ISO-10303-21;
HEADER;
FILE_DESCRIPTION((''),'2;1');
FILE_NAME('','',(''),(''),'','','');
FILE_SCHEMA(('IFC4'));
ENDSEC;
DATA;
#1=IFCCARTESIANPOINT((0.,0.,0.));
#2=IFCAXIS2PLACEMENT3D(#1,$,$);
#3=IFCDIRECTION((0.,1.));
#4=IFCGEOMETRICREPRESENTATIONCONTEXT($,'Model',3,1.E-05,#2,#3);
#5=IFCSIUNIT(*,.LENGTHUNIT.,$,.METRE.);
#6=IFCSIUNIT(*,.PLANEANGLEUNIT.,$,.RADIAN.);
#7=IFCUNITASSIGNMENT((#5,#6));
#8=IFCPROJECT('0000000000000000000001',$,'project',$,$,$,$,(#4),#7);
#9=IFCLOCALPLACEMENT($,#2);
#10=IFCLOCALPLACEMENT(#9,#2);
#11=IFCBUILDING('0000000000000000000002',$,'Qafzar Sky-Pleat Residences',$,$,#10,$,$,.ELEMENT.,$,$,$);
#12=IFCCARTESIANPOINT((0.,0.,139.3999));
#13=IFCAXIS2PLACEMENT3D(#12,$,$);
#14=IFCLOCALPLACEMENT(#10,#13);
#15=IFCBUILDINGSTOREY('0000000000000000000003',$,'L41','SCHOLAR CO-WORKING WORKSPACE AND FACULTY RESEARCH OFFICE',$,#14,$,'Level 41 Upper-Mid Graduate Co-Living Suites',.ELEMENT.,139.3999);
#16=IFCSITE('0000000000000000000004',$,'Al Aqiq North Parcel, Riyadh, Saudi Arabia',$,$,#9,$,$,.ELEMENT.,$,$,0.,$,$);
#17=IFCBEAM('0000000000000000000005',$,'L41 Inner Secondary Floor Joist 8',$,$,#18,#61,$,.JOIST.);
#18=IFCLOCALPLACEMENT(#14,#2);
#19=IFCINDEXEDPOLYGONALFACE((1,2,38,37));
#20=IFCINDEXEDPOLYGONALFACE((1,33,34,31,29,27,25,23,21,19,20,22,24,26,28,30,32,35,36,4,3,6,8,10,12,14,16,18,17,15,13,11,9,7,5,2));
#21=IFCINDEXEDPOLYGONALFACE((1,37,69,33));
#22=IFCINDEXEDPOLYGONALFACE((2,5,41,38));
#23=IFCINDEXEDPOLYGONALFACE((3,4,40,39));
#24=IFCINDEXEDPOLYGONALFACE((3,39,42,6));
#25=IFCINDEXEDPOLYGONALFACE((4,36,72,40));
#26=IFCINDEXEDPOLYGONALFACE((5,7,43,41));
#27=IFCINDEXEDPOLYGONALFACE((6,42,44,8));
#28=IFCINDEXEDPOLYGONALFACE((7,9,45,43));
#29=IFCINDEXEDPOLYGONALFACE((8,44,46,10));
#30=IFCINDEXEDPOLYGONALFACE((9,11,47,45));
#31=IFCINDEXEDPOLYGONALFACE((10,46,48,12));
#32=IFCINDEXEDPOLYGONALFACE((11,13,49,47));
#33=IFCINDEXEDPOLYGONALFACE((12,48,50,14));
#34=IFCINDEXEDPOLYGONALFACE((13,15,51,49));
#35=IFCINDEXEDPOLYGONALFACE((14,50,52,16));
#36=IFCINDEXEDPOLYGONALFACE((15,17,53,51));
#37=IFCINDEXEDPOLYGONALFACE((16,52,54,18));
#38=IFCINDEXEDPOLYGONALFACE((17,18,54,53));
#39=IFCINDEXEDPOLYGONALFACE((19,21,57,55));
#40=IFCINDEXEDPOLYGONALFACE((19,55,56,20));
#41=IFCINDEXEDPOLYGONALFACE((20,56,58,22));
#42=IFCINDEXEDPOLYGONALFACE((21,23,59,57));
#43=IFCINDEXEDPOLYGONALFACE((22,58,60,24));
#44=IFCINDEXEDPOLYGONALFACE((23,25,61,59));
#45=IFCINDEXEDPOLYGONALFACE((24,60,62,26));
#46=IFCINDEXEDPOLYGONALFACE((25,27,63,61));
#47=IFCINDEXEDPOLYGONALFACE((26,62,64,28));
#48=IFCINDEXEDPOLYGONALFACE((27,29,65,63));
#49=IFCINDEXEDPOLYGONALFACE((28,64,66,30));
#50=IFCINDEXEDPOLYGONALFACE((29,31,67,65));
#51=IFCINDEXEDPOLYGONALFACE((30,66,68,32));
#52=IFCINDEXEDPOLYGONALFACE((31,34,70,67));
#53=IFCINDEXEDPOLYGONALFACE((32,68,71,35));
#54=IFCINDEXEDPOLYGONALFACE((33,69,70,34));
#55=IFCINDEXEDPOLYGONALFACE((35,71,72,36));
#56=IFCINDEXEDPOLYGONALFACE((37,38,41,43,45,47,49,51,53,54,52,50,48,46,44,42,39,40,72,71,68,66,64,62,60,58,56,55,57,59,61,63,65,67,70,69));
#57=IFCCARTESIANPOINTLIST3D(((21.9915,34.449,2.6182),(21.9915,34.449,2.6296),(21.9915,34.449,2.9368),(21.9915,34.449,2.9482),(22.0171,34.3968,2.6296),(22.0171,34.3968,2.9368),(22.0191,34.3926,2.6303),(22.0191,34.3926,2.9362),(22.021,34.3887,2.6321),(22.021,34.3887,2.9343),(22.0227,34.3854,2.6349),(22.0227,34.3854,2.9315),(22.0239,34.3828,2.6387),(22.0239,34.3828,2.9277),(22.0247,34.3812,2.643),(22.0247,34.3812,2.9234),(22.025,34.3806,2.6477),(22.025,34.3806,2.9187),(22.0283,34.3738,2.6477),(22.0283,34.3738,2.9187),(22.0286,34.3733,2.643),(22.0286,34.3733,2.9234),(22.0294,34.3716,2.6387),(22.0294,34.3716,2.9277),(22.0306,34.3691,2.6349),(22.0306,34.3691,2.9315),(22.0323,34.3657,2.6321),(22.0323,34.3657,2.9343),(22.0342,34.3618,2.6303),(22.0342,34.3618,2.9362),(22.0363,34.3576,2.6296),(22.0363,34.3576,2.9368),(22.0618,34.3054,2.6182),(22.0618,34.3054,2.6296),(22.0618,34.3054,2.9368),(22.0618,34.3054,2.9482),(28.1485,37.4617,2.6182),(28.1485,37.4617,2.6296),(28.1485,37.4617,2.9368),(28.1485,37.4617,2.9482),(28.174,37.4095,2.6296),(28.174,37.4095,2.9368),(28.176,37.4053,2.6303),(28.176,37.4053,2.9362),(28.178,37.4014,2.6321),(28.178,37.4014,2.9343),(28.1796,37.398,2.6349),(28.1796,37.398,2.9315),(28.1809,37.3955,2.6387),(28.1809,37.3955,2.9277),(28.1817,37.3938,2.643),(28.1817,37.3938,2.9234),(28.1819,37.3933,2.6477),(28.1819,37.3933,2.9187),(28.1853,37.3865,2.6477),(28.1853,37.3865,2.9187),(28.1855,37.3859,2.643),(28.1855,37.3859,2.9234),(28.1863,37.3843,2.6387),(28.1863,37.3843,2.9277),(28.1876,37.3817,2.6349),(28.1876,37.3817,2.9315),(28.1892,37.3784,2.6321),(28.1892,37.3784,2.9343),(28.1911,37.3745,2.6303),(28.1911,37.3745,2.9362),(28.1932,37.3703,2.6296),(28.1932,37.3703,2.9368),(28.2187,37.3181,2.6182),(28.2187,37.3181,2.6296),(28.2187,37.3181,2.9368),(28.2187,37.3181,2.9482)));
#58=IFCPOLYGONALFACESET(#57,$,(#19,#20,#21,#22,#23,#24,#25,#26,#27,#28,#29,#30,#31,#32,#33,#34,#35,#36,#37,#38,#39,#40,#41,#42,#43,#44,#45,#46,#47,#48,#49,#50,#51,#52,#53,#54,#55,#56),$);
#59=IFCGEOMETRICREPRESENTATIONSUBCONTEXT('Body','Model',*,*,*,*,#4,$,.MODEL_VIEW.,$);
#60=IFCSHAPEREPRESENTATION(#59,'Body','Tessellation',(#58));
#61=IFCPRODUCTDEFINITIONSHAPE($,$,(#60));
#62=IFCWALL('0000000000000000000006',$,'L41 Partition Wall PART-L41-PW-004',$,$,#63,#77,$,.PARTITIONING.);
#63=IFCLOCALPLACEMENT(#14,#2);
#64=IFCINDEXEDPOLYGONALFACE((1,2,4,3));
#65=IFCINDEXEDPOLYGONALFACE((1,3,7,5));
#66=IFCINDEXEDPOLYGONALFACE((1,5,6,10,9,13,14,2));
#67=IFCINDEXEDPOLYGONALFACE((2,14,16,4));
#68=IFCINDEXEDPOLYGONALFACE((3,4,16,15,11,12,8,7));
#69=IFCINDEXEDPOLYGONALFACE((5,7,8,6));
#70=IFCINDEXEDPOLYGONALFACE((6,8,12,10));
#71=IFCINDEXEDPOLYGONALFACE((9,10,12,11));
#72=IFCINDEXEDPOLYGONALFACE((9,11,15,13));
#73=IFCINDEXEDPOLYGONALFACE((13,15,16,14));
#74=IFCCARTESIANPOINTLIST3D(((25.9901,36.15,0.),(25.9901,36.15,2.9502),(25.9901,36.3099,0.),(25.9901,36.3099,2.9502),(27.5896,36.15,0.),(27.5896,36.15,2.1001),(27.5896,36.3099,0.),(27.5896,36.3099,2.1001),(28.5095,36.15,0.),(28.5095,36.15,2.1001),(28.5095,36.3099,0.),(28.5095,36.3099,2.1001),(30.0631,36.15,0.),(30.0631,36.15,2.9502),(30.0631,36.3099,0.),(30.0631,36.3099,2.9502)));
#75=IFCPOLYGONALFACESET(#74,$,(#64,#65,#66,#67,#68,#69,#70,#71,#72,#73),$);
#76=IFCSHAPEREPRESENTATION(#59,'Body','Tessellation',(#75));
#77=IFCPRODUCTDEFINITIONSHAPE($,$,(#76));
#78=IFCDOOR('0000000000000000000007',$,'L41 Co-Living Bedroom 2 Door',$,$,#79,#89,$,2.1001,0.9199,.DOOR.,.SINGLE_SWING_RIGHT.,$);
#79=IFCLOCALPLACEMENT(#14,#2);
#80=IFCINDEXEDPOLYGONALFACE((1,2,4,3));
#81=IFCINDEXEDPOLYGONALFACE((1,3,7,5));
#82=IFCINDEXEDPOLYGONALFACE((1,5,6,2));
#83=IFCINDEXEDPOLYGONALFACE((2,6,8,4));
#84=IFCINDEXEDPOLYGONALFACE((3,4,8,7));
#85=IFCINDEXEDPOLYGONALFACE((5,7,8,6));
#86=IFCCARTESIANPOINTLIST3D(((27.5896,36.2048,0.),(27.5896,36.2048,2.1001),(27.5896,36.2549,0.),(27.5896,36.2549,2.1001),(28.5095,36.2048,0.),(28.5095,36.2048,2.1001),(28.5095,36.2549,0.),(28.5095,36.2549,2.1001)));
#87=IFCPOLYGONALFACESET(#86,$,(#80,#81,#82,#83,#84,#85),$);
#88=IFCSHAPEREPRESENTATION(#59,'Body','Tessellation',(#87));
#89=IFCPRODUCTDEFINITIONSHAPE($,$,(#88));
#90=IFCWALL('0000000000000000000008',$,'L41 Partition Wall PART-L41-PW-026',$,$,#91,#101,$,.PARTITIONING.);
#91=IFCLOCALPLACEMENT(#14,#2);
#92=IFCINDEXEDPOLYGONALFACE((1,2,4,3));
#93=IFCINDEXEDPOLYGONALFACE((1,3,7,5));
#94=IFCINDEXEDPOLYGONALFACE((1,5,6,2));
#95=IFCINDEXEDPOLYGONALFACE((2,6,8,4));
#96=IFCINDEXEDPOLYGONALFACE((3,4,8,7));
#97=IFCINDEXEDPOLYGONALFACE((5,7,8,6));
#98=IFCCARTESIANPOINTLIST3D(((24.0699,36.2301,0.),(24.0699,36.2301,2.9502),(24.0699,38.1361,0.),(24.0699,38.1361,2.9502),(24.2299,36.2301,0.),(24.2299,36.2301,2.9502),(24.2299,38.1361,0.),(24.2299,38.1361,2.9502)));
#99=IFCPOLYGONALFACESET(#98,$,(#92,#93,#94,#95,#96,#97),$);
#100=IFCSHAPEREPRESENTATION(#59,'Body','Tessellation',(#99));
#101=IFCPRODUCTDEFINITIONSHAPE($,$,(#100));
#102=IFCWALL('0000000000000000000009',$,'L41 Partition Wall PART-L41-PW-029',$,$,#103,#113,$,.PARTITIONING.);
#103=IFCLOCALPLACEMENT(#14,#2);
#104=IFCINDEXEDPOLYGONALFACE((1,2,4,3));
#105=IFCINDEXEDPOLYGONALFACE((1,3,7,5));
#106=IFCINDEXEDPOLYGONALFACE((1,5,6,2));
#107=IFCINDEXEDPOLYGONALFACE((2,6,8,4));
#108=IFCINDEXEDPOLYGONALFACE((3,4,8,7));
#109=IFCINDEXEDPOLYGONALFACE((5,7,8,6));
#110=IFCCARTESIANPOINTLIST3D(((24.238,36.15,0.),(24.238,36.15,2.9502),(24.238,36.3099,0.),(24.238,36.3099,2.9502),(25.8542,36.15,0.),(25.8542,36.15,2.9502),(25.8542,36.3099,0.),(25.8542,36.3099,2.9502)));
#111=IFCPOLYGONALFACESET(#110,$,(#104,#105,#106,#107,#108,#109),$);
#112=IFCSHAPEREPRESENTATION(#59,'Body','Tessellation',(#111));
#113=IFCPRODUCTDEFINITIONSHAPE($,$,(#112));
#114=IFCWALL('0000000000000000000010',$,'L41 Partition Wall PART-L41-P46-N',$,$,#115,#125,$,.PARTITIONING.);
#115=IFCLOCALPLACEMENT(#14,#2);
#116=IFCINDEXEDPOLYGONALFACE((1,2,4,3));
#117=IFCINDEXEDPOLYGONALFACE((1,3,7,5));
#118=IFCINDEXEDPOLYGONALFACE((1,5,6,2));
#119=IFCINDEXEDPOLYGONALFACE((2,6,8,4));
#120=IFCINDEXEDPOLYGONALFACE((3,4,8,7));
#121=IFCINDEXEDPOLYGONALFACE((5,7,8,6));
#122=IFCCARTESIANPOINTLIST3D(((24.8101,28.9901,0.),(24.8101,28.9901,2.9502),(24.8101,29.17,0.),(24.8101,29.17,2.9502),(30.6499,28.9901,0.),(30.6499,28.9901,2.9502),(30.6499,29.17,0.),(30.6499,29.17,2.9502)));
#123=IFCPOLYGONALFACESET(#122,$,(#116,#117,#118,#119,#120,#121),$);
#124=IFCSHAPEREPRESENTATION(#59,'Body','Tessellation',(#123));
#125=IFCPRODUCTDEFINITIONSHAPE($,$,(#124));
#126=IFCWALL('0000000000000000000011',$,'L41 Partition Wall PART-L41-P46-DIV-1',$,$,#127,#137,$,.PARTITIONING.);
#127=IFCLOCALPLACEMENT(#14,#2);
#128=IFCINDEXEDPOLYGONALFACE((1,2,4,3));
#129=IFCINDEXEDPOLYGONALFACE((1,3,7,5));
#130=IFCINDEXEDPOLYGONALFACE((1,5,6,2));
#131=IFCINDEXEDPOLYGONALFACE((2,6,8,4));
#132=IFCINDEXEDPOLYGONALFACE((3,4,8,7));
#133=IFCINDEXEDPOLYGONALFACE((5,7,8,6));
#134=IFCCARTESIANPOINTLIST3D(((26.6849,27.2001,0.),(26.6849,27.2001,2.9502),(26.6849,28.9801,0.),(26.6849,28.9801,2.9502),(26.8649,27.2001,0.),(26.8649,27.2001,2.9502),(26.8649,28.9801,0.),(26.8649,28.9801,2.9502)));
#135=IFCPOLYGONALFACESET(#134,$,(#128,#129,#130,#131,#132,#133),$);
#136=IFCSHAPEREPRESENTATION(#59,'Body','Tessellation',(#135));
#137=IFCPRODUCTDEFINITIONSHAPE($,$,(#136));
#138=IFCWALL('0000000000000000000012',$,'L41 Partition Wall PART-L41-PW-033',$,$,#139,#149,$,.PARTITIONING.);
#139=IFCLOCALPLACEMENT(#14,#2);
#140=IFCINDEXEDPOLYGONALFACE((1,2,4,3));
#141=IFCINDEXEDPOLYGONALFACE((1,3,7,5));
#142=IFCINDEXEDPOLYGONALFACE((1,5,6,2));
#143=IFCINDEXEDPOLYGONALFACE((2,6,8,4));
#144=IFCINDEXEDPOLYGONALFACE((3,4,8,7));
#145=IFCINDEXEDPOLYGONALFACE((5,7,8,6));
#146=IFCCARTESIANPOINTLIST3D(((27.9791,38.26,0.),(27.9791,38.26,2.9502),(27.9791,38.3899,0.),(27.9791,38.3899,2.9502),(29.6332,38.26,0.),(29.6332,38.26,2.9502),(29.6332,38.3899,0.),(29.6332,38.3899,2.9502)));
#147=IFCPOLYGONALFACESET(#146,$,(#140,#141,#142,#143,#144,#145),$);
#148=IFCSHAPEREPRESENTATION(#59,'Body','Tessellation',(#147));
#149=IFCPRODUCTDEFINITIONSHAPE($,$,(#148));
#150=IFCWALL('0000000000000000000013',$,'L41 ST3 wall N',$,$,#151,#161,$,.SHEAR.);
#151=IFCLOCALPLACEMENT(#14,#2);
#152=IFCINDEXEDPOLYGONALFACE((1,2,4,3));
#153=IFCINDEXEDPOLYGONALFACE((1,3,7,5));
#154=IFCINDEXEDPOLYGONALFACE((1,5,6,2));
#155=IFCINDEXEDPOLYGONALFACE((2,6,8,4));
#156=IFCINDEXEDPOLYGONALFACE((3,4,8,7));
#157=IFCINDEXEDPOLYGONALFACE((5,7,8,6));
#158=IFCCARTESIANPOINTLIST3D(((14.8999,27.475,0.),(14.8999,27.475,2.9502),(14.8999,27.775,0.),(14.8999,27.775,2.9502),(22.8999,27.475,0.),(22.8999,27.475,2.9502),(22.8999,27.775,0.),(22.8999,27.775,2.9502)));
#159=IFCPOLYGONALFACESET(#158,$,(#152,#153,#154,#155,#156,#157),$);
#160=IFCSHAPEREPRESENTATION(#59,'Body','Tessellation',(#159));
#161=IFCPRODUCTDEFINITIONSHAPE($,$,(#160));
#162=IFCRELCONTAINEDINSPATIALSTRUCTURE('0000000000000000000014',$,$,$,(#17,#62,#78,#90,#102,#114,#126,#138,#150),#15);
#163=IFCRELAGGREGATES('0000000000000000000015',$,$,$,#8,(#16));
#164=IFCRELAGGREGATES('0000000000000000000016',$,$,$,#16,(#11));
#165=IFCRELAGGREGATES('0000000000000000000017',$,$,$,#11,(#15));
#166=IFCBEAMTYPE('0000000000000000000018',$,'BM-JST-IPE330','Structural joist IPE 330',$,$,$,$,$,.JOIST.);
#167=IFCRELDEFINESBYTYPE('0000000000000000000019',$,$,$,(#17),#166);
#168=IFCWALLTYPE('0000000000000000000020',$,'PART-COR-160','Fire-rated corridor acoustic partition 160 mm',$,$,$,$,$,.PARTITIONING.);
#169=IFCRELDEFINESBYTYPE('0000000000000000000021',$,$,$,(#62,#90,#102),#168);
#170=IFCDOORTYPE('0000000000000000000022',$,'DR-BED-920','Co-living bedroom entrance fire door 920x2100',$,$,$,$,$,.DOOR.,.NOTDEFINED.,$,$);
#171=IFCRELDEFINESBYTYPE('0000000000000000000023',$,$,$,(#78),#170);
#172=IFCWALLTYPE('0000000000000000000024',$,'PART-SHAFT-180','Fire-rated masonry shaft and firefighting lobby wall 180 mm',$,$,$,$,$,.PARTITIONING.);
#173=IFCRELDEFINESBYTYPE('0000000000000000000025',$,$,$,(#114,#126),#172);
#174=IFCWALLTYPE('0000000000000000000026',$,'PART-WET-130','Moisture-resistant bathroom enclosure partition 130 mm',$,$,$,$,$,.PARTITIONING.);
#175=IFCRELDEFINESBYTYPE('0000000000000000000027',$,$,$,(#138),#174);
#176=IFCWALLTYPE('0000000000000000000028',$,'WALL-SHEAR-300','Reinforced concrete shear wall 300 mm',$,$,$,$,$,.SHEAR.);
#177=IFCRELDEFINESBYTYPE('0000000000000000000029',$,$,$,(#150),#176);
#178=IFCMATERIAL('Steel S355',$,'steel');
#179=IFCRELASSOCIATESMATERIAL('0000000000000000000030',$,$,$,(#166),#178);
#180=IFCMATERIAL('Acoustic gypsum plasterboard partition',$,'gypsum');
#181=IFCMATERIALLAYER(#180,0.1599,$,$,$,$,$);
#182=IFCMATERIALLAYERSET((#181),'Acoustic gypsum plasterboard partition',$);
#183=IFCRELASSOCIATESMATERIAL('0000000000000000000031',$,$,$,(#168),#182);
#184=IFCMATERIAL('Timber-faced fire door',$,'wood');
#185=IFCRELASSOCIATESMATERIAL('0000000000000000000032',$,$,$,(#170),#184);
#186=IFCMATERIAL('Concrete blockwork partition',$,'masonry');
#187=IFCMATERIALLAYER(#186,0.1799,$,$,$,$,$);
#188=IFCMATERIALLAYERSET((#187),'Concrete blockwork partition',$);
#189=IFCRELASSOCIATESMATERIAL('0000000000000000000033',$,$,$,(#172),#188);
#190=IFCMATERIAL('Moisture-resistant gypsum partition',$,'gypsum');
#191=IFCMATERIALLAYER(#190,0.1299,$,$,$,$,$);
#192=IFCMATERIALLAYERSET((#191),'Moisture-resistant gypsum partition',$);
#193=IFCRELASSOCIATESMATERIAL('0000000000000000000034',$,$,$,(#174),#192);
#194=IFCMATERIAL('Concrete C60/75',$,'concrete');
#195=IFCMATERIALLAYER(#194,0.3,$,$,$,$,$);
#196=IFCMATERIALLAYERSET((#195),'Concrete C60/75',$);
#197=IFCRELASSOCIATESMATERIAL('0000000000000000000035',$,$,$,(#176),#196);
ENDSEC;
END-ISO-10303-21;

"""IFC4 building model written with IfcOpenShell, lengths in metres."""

from ifc_helpers import new_model, si_unit, direction, frame, frame_2d, origin, origin_2d, place, context, subcontext, project, spatial, rectangle, i_section, extrude, source, transform, mapped, material, layer, layer_set, material_profile, profile_set, type_object, element, fill, save


model = new_model("IFC4")

# Units and contexts
model_context = context("Model", 3, precision=1e-05, world=origin(), true_north=direction((0.0, 1.0)))
body_context = subcontext(model_context, "Body", "Model", "MODEL_VIEW")
ifc_project = project(units=[si_unit("LENGTHUNIT", "METRE"), si_unit("PLANEANGLEUNIT", "RADIAN")], contexts=[model_context])

# Site, building, storey
site_placement = place(None, origin())
site = spatial("IfcSite", under=ifc_project, at=site_placement, Name="Al Aqiq North Parcel, Riyadh, Saudi Arabia", CompositionType="ELEMENT", RefElevation=0.0)
building_placement = place(site_placement, origin())
building = spatial("IfcBuilding", under=site, at=building_placement, Name="Qafzar Sky-Pleat Residences", CompositionType="ELEMENT")
storey_placement = place(building_placement, frame((0.0, 0.0, 139.3999)))
storey = spatial("IfcBuildingStorey", under=building, at=storey_placement, Name="L41", Description="SCHOLAR CO-WORKING WORKSPACE AND FACULTY RESEARCH OFFICE", LongName="Level 41 Upper-Mid Graduate Co-Living Suites", CompositionType="ELEMENT", Elevation=139.3999)

# Beam
ifc_material_1 = material(Name="Steel S355", Category="steel")
ifc_material_profile = material_profile(ifc_material_1, i_section(OverallWidth=0.1599, OverallDepth=0.3301, WebThickness=0.0076, FlangeThickness=0.0115, FilletRadius=0.0181, at=origin_2d()), Name="IPE 330")
ifc_profile_set = profile_set([ifc_material_profile], Name="Steel S355")
beam_type = type_object("IfcBeamType", Name="BM-JST-IPE330", Description="Structural joist IPE 330", PredefinedType="JOIST", material=ifc_profile_set)
shared_shape_1 = source(origin(), body_context, "Body", "SweptSolid", [
    extrude(i_section(OverallWidth=0.1599, OverallDepth=0.3301, WebThickness=0.0076, FlangeThickness=0.0115, FilletRadius=0.0181, at=origin_2d()), origin(), (0.0, 0.0, 1.0), 6.8545),
])
beam_placement = place(storey_placement, frame((28.1836, 37.3899, 2.7832), z_axis=(-0.898234, -0.439518, 0.0), x_axis=(0.439518, -0.898234, 0.0)))
element("IfcBeam", 1, at=beam_placement, inside=storey, type_object=beam_type, Name="L41 Inner Secondary Floor Joist 8", PredefinedType="JOIST", context=body_context, shape_type="MappedRepresentation", body=[
    mapped(shared_shape_1, transform((0.0, 0.0, 0.0), x_axis=(1.0, 0.0, 0.0), y_axis=(0.0, 1.0, 0.0), z_axis=(0.0, 0.0, 1.0), scale=1.0)),
])

# Wall, opening, door
ifc_material_2 = material(Name="Acoustic gypsum plasterboard partition", Category="gypsum")
ifc_layer_1 = layer(ifc_material_2, 0.1599)
ifc_layer_set_1 = layer_set([ifc_layer_1], Name="Acoustic gypsum plasterboard partition")
wall_type_1 = type_object("IfcWallType", Name="PART-COR-160", Description="Fire-rated corridor acoustic partition 160 mm", PredefinedType="PARTITIONING", material=ifc_layer_set_1)
wall_1_placement = place(storey_placement, frame((25.99, 36.23, 0.0), z_axis=(0.0, 0.0, 1.0), x_axis=(1.0, 0.0, 0.0)))
wall_1 = element("IfcWall", 2, at=wall_1_placement, inside=storey, type_object=wall_type_1, Name="L41 Partition Wall PART-L41-PW-004", PredefinedType="PARTITIONING", context=body_context, shape_type="SweptSolid", body=[
    extrude(rectangle(XDim=4.073, YDim=0.1599, at=frame_2d((2.0366, 0.0))), origin(), (0.0, 0.0, 1.0), 2.9502),
])
opening_1_placement = place(wall_1_placement, frame((1.5996, 0.0, 0.0)))
opening_1 = element("IfcOpeningElement", 3, at=opening_1_placement, cuts=wall_1, PredefinedType="OPENING", context=body_context, shape_type="SweptSolid", body=[
    extrude(rectangle(XDim=0.9199, YDim=2.1001, at=frame_2d((0.46, 1.05))), frame((0.0, 0.0898, 0.0), z_axis=(0.0, -1.0, 0.0), x_axis=(1.0, 0.0, 0.0)), (0.0, 0.0, 1.0), 0.1799),
])
ifc_material_3 = material(Name="Timber-faced fire door", Category="wood")
door_type_1 = type_object("IfcDoorType", Name="DR-BED-920", Description="Co-living bedroom entrance fire door 920x2100", OperationType="NOTDEFINED", PredefinedType="DOOR", material=ifc_material_3)
shared_shape_2 = source(origin(), body_context, "Body", "SweptSolid", [
    extrude(rectangle(XDim=0.9199, YDim=2.1001, at=frame_2d((0.46, 1.05))), frame((0.0, 0.0249, 0.0), z_axis=(0.0, -1.0, 0.0), x_axis=(1.0, 0.0, 0.0)), (0.0, 0.0, 1.0), 0.05),
])
door_1_placement = place(opening_1_placement, origin())
door_1 = element("IfcDoor", 4, at=door_1_placement, inside=storey, type_object=door_type_1, Name="L41 Co-Living Bedroom 2 Door", OperationType="SINGLE_SWING_RIGHT", OverallHeight=2.1001, OverallWidth=0.9199, PredefinedType="DOOR", context=body_context, shape_type="MappedRepresentation", body=[
    mapped(shared_shape_2, transform((0.0, 0.0, 0.0), x_axis=(1.0, 0.0, 0.0), y_axis=(0.0, 1.0, 0.0), z_axis=(0.0, 0.0, 1.0), scale=1.0)),
])
fill(opening_1, door_1)

# Walls
wall_2_placement = place(storey_placement, frame((24.1499, 36.23, 0.0), z_axis=(0.0, 0.0, 1.0), x_axis=(0.0, 1.0, 0.0)))
element("IfcWall", 5, at=wall_2_placement, inside=storey, type_object=wall_type_1, Name="L41 Partition Wall PART-L41-PW-026", PredefinedType="PARTITIONING", context=body_context, shape_type="SweptSolid", body=[
    extrude(rectangle(XDim=1.906, YDim=0.1599, at=frame_2d((0.9531, 0.0))), origin(), (0.0, 0.0, 1.0), 2.9502),
])
wall_3_placement = place(storey_placement, frame((24.238, 36.23, 0.0), z_axis=(0.0, 0.0, 1.0), x_axis=(1.0, 0.0, 0.0)))
element("IfcWall", 6, at=wall_3_placement, inside=storey, type_object=wall_type_1, Name="L41 Partition Wall PART-L41-PW-029", PredefinedType="PARTITIONING", context=body_context, shape_type="SweptSolid", body=[
    extrude(rectangle(XDim=1.6162, YDim=0.1599, at=frame_2d((0.8081, 0.0))), origin(), (0.0, 0.0, 1.0), 2.9502),
])
ifc_material_4 = material(Name="Concrete blockwork partition", Category="masonry")
ifc_layer_2 = layer(ifc_material_4, 0.1799)
ifc_layer_set_2 = layer_set([ifc_layer_2], Name="Concrete blockwork partition")
wall_type_2 = type_object("IfcWallType", Name="PART-SHAFT-180", Description="Fire-rated masonry shaft and firefighting lobby wall 180 mm", PredefinedType="PARTITIONING", material=ifc_layer_set_2)
wall_4_placement = place(storey_placement, frame((24.8101, 29.0801, 0.0), z_axis=(0.0, 0.0, 1.0), x_axis=(1.0, 0.0, 0.0)))
element("IfcWall", 7, at=wall_4_placement, inside=storey, type_object=wall_type_2, Name="L41 Partition Wall PART-L41-P46-N", PredefinedType="PARTITIONING", context=body_context, shape_type="SweptSolid", body=[
    extrude(rectangle(XDim=5.8398, YDim=0.1799, at=frame_2d((2.9199, 0.0))), origin(), (0.0, 0.0, 1.0), 2.9502),
])
wall_5_placement = place(storey_placement, frame((26.7749, 27.2, 0.0), z_axis=(0.0, 0.0, 1.0), x_axis=(0.0, 1.0, 0.0)))
element("IfcWall", 8, at=wall_5_placement, inside=storey, type_object=wall_type_2, Name="L41 Partition Wall PART-L41-P46-DIV-1", PredefinedType="PARTITIONING", context=body_context, shape_type="SweptSolid", body=[
    extrude(rectangle(XDim=1.78, YDim=0.1799, at=frame_2d((0.8901, 0.0))), origin(), (0.0, 0.0, 1.0), 2.9502),
])

# Wall
ifc_material_5 = material(Name="Moisture-resistant gypsum partition", Category="gypsum")
ifc_layer_3 = layer(ifc_material_5, 0.1299)
ifc_layer_set_3 = layer_set([ifc_layer_3], Name="Moisture-resistant gypsum partition")
wall_type_3 = type_object("IfcWallType", Name="PART-WET-130", Description="Moisture-resistant bathroom enclosure partition 130 mm", PredefinedType="PARTITIONING", material=ifc_layer_set_3)
wall_6_placement = place(storey_placement, frame((27.979, 38.325, 0.0), z_axis=(0.0, 0.0, 1.0), x_axis=(1.0, 0.0, 0.0)))
element("IfcWall", 9, at=wall_6_placement, inside=storey, type_object=wall_type_3, Name="L41 Partition Wall PART-L41-PW-033", PredefinedType="PARTITIONING", context=body_context, shape_type="SweptSolid", body=[
    extrude(rectangle(XDim=1.6541, YDim=0.1299, at=frame_2d((0.8271, 0.0))), origin(), (0.0, 0.0, 1.0), 2.9502),
])

# Shared definitions
ifc_material_6 = material(Name="Concrete C60/75", Category="concrete")
ifc_layer_4 = layer(ifc_material_6, 0.3)
ifc_layer_set_4 = layer_set([ifc_layer_4], Name="Concrete C60/75")
wall_type_4 = type_object("IfcWallType", Name="WALL-SHEAR-300", Description="Reinforced concrete shear wall 300 mm", PredefinedType="SHEAR", material=ifc_layer_set_4)

# Wall
wall_7_placement = place(storey_placement, frame((22.8999, 27.625, 0.0), z_axis=(0.0, 0.0, 1.0), x_axis=(-1.0, 0.0, 0.0)))
element("IfcWall", 10, at=wall_7_placement, inside=storey, type_object=wall_type_4, Name="L41 ST3 wall N", PredefinedType="SHEAR", context=body_context, shape_type="SweptSolid", body=[
    extrude(rectangle(XDim=8.0, YDim=0.3, at=frame_2d((4.0, 0.0))), origin(), (0.0, 0.0, 1.0), 2.9502),
])

save(model, "model.ifc")
